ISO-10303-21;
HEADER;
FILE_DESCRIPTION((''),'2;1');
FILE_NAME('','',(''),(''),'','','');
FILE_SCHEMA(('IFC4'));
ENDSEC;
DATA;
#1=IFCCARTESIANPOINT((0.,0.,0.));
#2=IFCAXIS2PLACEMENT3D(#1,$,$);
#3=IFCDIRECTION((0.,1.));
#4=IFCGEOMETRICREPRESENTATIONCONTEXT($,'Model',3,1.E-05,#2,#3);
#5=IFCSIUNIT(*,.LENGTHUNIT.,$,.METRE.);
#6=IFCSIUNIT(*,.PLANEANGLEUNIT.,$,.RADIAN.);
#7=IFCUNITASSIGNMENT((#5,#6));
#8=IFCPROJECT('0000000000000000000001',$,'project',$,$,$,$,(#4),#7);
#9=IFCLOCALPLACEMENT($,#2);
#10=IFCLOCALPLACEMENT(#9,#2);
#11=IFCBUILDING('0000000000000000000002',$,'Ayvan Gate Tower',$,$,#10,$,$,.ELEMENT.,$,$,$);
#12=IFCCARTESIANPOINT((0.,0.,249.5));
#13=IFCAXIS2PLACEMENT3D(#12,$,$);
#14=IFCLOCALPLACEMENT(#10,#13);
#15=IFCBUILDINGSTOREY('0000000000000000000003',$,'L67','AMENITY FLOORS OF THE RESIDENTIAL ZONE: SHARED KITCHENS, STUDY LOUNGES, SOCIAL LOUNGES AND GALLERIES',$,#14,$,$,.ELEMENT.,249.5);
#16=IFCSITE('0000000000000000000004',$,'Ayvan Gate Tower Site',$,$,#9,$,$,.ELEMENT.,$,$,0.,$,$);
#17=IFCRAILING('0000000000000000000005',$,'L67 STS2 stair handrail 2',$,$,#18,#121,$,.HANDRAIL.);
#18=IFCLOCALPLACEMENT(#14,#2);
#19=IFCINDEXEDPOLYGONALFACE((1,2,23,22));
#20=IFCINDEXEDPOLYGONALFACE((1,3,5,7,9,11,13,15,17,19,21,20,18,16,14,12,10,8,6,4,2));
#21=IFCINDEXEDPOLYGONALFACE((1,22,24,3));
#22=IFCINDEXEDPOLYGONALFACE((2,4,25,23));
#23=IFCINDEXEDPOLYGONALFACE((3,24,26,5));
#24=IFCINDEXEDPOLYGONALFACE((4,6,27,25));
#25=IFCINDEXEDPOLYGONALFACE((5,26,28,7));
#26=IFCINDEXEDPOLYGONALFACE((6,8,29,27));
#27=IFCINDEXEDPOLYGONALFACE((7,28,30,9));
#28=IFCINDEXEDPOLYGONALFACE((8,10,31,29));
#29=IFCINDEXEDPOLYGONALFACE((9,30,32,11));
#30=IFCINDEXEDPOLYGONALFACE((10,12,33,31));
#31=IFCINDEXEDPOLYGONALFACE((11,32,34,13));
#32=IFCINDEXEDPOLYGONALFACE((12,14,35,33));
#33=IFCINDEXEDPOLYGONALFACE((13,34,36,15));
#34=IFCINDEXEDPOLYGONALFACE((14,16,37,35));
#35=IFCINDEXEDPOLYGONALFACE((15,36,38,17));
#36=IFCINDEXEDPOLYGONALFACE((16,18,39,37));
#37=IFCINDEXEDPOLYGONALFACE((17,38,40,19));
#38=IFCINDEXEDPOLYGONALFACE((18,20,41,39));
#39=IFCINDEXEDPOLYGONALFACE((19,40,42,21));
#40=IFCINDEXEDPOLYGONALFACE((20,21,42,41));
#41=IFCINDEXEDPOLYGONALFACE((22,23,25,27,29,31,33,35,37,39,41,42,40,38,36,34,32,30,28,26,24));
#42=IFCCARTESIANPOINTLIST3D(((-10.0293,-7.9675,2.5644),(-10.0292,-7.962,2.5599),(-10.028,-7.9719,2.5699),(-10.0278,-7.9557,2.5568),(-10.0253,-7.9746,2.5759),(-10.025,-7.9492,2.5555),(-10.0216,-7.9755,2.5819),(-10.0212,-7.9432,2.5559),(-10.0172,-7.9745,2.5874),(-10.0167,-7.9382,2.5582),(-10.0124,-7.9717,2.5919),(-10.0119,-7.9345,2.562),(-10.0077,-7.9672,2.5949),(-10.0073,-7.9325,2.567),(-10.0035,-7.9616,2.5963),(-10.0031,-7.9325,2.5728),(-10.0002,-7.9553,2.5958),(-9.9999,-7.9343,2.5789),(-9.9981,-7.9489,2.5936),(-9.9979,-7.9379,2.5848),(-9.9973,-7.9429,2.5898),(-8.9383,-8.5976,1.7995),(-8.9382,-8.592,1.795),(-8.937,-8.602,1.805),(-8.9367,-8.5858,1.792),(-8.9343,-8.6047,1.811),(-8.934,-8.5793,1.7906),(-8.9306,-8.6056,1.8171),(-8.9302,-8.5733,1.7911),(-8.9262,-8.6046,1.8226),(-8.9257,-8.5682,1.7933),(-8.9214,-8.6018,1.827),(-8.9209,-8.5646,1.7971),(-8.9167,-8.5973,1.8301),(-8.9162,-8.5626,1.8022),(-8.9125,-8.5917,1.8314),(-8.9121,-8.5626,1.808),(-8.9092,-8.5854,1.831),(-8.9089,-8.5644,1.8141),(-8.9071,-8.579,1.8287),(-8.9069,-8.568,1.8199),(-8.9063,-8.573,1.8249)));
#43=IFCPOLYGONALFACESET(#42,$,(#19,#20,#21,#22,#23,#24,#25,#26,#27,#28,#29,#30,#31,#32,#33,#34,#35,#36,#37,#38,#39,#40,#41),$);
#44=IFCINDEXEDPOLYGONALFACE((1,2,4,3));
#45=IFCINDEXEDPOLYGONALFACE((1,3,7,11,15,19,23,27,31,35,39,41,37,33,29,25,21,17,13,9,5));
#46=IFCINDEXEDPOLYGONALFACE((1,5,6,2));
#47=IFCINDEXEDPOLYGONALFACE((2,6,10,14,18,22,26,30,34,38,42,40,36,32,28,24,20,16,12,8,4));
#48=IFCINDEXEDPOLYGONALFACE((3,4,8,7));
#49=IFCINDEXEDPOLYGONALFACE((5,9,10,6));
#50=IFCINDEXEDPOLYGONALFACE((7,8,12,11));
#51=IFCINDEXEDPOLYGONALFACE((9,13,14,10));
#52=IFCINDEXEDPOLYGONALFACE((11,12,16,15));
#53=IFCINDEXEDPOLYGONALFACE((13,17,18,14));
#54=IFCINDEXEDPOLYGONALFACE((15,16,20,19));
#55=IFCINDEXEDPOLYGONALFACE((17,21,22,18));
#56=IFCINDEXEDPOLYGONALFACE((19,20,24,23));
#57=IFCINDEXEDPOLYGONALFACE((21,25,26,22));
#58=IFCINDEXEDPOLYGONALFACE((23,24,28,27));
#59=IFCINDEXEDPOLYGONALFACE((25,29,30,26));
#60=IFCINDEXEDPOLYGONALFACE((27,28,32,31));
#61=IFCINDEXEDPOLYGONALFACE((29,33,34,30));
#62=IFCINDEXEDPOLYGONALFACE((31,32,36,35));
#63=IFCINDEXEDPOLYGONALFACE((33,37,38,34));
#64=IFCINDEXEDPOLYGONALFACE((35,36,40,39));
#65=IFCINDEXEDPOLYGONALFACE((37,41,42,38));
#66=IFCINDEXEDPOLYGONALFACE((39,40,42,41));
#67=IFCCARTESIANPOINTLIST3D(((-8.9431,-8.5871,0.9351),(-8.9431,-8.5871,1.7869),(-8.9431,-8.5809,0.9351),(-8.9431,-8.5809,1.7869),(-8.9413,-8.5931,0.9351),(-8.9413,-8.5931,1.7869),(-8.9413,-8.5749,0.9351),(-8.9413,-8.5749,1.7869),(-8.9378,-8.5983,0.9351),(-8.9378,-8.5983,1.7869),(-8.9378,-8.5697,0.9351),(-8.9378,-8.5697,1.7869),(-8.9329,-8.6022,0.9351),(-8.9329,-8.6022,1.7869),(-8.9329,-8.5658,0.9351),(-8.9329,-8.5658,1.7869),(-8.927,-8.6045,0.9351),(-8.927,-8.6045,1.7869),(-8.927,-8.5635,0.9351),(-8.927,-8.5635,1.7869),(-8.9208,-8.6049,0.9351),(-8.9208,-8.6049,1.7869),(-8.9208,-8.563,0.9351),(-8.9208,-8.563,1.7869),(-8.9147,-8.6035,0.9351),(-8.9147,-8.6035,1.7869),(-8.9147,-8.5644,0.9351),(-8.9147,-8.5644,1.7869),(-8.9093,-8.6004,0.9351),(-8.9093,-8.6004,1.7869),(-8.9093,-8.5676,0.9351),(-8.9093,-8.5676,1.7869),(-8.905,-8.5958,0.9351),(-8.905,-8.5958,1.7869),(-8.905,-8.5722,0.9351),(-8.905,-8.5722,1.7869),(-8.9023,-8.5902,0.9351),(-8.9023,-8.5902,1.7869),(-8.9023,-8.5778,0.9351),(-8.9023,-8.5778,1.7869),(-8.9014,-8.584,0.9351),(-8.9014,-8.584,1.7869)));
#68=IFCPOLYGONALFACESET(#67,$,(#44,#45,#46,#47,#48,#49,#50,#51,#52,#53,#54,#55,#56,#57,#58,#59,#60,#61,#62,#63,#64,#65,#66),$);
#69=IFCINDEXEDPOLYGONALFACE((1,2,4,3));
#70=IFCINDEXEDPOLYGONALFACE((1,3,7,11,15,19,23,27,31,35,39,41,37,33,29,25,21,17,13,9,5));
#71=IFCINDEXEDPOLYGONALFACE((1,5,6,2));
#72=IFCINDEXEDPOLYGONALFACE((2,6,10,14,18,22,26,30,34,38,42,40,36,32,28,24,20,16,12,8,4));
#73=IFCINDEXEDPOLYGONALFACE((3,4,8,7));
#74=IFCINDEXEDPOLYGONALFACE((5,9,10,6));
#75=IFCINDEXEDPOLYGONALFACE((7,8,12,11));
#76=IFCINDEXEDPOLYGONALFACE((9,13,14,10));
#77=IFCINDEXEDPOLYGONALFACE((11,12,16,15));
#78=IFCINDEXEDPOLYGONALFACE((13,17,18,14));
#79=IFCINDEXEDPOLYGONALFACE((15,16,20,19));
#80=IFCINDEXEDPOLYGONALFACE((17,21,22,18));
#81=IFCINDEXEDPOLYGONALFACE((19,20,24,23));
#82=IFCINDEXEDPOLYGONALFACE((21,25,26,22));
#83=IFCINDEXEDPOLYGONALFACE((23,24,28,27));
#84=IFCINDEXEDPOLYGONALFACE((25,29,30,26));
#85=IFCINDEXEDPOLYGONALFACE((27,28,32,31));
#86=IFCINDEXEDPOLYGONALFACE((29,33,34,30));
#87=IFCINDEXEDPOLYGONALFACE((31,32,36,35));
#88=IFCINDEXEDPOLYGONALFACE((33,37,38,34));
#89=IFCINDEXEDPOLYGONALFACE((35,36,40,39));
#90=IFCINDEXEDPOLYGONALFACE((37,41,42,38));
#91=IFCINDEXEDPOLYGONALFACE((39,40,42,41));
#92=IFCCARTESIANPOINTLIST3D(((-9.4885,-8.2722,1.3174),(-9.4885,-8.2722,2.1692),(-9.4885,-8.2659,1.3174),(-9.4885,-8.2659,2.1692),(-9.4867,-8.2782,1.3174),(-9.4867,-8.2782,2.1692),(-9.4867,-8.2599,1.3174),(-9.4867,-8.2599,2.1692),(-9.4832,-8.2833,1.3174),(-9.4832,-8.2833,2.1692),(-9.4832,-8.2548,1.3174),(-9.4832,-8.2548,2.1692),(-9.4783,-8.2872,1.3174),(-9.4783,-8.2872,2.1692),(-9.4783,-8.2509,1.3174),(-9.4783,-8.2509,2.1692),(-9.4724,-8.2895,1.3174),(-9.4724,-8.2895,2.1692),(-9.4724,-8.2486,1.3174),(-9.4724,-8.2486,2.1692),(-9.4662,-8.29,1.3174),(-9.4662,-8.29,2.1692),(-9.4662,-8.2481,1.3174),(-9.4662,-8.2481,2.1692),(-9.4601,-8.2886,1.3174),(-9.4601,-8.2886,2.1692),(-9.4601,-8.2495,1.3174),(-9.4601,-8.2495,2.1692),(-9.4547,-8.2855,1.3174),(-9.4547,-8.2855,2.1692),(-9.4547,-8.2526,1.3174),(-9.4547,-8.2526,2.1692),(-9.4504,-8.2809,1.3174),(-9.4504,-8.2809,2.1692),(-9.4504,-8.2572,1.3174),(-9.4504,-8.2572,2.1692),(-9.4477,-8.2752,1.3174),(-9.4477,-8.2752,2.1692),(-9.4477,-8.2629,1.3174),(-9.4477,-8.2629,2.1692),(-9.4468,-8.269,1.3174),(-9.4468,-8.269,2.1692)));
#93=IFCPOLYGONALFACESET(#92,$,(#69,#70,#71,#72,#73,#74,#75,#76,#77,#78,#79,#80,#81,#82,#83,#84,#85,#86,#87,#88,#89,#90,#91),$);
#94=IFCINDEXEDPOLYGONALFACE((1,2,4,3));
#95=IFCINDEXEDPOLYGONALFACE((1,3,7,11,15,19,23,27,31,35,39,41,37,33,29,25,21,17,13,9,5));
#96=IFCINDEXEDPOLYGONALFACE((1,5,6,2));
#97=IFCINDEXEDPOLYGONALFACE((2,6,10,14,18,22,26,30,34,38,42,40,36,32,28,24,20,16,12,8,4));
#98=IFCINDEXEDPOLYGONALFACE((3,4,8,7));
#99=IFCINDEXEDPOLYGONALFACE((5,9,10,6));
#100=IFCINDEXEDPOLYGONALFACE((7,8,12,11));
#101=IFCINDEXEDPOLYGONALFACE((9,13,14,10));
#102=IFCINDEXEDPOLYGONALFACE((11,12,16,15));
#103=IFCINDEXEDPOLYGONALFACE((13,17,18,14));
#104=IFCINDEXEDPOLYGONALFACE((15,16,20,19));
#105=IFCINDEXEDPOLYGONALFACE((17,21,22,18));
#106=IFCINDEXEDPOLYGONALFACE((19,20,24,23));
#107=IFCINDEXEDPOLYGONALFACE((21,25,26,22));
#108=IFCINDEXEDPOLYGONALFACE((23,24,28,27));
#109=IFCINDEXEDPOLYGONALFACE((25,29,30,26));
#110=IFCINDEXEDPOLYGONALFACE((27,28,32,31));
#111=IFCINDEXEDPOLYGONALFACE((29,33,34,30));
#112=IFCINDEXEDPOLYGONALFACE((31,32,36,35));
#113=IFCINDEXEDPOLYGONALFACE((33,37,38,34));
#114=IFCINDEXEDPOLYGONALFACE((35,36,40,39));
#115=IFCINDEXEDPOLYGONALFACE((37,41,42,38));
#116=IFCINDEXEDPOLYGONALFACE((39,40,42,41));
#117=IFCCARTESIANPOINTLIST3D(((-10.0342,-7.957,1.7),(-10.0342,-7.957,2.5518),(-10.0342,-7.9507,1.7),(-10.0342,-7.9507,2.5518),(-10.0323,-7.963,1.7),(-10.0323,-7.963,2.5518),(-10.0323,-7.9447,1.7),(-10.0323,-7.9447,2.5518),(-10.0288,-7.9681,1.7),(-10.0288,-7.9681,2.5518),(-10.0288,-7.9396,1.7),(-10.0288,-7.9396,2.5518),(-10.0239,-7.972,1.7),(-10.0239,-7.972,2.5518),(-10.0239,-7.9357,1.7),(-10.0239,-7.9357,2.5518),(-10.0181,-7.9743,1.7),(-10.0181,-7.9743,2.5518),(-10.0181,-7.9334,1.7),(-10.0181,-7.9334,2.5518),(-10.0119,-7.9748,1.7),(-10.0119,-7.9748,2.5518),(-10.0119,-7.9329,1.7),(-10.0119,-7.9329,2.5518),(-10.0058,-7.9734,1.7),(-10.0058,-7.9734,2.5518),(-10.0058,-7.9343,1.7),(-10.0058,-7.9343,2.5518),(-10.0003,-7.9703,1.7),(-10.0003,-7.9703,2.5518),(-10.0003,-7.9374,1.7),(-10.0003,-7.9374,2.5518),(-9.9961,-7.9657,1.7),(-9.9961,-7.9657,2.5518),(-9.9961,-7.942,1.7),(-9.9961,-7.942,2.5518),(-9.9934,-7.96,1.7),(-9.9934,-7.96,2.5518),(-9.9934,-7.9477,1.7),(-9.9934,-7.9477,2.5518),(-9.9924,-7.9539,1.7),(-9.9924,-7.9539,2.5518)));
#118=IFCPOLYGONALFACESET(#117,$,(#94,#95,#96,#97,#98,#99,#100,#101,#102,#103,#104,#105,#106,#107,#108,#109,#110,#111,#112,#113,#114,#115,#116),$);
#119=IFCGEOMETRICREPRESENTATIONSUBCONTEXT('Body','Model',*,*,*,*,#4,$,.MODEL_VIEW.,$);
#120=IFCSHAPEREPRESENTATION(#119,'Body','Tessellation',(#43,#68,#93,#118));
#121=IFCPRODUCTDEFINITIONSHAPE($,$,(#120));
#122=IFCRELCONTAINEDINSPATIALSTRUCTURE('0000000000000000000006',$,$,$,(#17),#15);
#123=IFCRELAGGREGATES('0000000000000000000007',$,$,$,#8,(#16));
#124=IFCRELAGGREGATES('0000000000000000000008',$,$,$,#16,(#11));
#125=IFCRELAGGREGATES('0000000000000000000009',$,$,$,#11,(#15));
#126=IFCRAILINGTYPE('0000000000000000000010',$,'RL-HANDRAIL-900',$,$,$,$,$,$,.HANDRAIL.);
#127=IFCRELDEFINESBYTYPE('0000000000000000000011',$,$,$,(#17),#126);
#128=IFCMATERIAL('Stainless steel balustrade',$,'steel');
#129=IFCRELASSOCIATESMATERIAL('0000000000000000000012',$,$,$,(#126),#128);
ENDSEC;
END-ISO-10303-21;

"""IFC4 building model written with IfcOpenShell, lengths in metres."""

from ifc_helpers import new_model, si_unit, direction, frame, origin, origin_2d, place, context, subcontext, project, spatial, circle, extrude, material, type_object, element, save


model = new_model("IFC4")

# Units and contexts
model_context = context("Model", 3, precision=1e-05, world=origin(), true_north=direction((0.0, 1.0)))
body_context = subcontext(model_context, "Body", "Model", "MODEL_VIEW")
ifc_project = project(units=[si_unit("LENGTHUNIT", "METRE"), si_unit("PLANEANGLEUNIT", "RADIAN")], contexts=[model_context])

# Site, building, storey
site_placement = place(None, origin())
site = spatial("IfcSite", under=ifc_project, at=site_placement, Name="Ayvan Gate Tower Site", CompositionType="ELEMENT", RefElevation=0.0)
building_placement = place(site_placement, origin())
building = spatial("IfcBuilding", under=site, at=building_placement, Name="Ayvan Gate Tower", CompositionType="ELEMENT")
storey_placement = place(building_placement, frame((0.0, 0.0, 249.5)))
storey = spatial("IfcBuildingStorey", under=building, at=storey_placement, Name="L67", Description="AMENITY FLOORS OF THE RESIDENTIAL ZONE: SHARED KITCHENS, STUDY LOUNGES, SOCIAL LOUNGES AND GALLERIES", CompositionType="ELEMENT", Elevation=249.5)

# Railing
ifc_material_1 = material(Name="Stainless steel balustrade", Category="steel")
railing_type_1 = type_object("IfcRailingType", Name="RL-HANDRAIL-900", PredefinedType="HANDRAIL", material=ifc_material_1)
railing_1_placement = place(storey_placement, frame((-8.9224, -8.584, 0.9351)))
element("IfcRailing", 1, at=railing_1_placement, inside=storey, type_object=railing_type_1, Name="L67 STS2 stair handrail 2", PredefinedType="HANDRAIL", context=body_context, shape_type="SweptSolid", body=[
    extrude(circle(Radius=0.0239, at=origin_2d()), frame((0.0, 0.0, 0.876), z_axis=(-0.740229, 0.427508, 0.518939), x_axis=(-0.500119, -0.865956, 0.0)), (0.0, 0.0, 1.0), 1.4739),
    extrude(circle(Radius=0.021, at=origin_2d()), origin(), (0.0, 0.0, 1.0), 0.8518),
    extrude(circle(Radius=0.021, at=origin_2d()), frame((-0.5454, 0.3149, 0.3823)), (0.0, 0.0, 1.0), 0.8518),
    extrude(circle(Radius=0.021, at=origin_2d()), frame((-1.0911, 0.6301, 0.7649)), (0.0, 0.0, 1.0), 0.8518),
])

save(model, "model.ifc")
